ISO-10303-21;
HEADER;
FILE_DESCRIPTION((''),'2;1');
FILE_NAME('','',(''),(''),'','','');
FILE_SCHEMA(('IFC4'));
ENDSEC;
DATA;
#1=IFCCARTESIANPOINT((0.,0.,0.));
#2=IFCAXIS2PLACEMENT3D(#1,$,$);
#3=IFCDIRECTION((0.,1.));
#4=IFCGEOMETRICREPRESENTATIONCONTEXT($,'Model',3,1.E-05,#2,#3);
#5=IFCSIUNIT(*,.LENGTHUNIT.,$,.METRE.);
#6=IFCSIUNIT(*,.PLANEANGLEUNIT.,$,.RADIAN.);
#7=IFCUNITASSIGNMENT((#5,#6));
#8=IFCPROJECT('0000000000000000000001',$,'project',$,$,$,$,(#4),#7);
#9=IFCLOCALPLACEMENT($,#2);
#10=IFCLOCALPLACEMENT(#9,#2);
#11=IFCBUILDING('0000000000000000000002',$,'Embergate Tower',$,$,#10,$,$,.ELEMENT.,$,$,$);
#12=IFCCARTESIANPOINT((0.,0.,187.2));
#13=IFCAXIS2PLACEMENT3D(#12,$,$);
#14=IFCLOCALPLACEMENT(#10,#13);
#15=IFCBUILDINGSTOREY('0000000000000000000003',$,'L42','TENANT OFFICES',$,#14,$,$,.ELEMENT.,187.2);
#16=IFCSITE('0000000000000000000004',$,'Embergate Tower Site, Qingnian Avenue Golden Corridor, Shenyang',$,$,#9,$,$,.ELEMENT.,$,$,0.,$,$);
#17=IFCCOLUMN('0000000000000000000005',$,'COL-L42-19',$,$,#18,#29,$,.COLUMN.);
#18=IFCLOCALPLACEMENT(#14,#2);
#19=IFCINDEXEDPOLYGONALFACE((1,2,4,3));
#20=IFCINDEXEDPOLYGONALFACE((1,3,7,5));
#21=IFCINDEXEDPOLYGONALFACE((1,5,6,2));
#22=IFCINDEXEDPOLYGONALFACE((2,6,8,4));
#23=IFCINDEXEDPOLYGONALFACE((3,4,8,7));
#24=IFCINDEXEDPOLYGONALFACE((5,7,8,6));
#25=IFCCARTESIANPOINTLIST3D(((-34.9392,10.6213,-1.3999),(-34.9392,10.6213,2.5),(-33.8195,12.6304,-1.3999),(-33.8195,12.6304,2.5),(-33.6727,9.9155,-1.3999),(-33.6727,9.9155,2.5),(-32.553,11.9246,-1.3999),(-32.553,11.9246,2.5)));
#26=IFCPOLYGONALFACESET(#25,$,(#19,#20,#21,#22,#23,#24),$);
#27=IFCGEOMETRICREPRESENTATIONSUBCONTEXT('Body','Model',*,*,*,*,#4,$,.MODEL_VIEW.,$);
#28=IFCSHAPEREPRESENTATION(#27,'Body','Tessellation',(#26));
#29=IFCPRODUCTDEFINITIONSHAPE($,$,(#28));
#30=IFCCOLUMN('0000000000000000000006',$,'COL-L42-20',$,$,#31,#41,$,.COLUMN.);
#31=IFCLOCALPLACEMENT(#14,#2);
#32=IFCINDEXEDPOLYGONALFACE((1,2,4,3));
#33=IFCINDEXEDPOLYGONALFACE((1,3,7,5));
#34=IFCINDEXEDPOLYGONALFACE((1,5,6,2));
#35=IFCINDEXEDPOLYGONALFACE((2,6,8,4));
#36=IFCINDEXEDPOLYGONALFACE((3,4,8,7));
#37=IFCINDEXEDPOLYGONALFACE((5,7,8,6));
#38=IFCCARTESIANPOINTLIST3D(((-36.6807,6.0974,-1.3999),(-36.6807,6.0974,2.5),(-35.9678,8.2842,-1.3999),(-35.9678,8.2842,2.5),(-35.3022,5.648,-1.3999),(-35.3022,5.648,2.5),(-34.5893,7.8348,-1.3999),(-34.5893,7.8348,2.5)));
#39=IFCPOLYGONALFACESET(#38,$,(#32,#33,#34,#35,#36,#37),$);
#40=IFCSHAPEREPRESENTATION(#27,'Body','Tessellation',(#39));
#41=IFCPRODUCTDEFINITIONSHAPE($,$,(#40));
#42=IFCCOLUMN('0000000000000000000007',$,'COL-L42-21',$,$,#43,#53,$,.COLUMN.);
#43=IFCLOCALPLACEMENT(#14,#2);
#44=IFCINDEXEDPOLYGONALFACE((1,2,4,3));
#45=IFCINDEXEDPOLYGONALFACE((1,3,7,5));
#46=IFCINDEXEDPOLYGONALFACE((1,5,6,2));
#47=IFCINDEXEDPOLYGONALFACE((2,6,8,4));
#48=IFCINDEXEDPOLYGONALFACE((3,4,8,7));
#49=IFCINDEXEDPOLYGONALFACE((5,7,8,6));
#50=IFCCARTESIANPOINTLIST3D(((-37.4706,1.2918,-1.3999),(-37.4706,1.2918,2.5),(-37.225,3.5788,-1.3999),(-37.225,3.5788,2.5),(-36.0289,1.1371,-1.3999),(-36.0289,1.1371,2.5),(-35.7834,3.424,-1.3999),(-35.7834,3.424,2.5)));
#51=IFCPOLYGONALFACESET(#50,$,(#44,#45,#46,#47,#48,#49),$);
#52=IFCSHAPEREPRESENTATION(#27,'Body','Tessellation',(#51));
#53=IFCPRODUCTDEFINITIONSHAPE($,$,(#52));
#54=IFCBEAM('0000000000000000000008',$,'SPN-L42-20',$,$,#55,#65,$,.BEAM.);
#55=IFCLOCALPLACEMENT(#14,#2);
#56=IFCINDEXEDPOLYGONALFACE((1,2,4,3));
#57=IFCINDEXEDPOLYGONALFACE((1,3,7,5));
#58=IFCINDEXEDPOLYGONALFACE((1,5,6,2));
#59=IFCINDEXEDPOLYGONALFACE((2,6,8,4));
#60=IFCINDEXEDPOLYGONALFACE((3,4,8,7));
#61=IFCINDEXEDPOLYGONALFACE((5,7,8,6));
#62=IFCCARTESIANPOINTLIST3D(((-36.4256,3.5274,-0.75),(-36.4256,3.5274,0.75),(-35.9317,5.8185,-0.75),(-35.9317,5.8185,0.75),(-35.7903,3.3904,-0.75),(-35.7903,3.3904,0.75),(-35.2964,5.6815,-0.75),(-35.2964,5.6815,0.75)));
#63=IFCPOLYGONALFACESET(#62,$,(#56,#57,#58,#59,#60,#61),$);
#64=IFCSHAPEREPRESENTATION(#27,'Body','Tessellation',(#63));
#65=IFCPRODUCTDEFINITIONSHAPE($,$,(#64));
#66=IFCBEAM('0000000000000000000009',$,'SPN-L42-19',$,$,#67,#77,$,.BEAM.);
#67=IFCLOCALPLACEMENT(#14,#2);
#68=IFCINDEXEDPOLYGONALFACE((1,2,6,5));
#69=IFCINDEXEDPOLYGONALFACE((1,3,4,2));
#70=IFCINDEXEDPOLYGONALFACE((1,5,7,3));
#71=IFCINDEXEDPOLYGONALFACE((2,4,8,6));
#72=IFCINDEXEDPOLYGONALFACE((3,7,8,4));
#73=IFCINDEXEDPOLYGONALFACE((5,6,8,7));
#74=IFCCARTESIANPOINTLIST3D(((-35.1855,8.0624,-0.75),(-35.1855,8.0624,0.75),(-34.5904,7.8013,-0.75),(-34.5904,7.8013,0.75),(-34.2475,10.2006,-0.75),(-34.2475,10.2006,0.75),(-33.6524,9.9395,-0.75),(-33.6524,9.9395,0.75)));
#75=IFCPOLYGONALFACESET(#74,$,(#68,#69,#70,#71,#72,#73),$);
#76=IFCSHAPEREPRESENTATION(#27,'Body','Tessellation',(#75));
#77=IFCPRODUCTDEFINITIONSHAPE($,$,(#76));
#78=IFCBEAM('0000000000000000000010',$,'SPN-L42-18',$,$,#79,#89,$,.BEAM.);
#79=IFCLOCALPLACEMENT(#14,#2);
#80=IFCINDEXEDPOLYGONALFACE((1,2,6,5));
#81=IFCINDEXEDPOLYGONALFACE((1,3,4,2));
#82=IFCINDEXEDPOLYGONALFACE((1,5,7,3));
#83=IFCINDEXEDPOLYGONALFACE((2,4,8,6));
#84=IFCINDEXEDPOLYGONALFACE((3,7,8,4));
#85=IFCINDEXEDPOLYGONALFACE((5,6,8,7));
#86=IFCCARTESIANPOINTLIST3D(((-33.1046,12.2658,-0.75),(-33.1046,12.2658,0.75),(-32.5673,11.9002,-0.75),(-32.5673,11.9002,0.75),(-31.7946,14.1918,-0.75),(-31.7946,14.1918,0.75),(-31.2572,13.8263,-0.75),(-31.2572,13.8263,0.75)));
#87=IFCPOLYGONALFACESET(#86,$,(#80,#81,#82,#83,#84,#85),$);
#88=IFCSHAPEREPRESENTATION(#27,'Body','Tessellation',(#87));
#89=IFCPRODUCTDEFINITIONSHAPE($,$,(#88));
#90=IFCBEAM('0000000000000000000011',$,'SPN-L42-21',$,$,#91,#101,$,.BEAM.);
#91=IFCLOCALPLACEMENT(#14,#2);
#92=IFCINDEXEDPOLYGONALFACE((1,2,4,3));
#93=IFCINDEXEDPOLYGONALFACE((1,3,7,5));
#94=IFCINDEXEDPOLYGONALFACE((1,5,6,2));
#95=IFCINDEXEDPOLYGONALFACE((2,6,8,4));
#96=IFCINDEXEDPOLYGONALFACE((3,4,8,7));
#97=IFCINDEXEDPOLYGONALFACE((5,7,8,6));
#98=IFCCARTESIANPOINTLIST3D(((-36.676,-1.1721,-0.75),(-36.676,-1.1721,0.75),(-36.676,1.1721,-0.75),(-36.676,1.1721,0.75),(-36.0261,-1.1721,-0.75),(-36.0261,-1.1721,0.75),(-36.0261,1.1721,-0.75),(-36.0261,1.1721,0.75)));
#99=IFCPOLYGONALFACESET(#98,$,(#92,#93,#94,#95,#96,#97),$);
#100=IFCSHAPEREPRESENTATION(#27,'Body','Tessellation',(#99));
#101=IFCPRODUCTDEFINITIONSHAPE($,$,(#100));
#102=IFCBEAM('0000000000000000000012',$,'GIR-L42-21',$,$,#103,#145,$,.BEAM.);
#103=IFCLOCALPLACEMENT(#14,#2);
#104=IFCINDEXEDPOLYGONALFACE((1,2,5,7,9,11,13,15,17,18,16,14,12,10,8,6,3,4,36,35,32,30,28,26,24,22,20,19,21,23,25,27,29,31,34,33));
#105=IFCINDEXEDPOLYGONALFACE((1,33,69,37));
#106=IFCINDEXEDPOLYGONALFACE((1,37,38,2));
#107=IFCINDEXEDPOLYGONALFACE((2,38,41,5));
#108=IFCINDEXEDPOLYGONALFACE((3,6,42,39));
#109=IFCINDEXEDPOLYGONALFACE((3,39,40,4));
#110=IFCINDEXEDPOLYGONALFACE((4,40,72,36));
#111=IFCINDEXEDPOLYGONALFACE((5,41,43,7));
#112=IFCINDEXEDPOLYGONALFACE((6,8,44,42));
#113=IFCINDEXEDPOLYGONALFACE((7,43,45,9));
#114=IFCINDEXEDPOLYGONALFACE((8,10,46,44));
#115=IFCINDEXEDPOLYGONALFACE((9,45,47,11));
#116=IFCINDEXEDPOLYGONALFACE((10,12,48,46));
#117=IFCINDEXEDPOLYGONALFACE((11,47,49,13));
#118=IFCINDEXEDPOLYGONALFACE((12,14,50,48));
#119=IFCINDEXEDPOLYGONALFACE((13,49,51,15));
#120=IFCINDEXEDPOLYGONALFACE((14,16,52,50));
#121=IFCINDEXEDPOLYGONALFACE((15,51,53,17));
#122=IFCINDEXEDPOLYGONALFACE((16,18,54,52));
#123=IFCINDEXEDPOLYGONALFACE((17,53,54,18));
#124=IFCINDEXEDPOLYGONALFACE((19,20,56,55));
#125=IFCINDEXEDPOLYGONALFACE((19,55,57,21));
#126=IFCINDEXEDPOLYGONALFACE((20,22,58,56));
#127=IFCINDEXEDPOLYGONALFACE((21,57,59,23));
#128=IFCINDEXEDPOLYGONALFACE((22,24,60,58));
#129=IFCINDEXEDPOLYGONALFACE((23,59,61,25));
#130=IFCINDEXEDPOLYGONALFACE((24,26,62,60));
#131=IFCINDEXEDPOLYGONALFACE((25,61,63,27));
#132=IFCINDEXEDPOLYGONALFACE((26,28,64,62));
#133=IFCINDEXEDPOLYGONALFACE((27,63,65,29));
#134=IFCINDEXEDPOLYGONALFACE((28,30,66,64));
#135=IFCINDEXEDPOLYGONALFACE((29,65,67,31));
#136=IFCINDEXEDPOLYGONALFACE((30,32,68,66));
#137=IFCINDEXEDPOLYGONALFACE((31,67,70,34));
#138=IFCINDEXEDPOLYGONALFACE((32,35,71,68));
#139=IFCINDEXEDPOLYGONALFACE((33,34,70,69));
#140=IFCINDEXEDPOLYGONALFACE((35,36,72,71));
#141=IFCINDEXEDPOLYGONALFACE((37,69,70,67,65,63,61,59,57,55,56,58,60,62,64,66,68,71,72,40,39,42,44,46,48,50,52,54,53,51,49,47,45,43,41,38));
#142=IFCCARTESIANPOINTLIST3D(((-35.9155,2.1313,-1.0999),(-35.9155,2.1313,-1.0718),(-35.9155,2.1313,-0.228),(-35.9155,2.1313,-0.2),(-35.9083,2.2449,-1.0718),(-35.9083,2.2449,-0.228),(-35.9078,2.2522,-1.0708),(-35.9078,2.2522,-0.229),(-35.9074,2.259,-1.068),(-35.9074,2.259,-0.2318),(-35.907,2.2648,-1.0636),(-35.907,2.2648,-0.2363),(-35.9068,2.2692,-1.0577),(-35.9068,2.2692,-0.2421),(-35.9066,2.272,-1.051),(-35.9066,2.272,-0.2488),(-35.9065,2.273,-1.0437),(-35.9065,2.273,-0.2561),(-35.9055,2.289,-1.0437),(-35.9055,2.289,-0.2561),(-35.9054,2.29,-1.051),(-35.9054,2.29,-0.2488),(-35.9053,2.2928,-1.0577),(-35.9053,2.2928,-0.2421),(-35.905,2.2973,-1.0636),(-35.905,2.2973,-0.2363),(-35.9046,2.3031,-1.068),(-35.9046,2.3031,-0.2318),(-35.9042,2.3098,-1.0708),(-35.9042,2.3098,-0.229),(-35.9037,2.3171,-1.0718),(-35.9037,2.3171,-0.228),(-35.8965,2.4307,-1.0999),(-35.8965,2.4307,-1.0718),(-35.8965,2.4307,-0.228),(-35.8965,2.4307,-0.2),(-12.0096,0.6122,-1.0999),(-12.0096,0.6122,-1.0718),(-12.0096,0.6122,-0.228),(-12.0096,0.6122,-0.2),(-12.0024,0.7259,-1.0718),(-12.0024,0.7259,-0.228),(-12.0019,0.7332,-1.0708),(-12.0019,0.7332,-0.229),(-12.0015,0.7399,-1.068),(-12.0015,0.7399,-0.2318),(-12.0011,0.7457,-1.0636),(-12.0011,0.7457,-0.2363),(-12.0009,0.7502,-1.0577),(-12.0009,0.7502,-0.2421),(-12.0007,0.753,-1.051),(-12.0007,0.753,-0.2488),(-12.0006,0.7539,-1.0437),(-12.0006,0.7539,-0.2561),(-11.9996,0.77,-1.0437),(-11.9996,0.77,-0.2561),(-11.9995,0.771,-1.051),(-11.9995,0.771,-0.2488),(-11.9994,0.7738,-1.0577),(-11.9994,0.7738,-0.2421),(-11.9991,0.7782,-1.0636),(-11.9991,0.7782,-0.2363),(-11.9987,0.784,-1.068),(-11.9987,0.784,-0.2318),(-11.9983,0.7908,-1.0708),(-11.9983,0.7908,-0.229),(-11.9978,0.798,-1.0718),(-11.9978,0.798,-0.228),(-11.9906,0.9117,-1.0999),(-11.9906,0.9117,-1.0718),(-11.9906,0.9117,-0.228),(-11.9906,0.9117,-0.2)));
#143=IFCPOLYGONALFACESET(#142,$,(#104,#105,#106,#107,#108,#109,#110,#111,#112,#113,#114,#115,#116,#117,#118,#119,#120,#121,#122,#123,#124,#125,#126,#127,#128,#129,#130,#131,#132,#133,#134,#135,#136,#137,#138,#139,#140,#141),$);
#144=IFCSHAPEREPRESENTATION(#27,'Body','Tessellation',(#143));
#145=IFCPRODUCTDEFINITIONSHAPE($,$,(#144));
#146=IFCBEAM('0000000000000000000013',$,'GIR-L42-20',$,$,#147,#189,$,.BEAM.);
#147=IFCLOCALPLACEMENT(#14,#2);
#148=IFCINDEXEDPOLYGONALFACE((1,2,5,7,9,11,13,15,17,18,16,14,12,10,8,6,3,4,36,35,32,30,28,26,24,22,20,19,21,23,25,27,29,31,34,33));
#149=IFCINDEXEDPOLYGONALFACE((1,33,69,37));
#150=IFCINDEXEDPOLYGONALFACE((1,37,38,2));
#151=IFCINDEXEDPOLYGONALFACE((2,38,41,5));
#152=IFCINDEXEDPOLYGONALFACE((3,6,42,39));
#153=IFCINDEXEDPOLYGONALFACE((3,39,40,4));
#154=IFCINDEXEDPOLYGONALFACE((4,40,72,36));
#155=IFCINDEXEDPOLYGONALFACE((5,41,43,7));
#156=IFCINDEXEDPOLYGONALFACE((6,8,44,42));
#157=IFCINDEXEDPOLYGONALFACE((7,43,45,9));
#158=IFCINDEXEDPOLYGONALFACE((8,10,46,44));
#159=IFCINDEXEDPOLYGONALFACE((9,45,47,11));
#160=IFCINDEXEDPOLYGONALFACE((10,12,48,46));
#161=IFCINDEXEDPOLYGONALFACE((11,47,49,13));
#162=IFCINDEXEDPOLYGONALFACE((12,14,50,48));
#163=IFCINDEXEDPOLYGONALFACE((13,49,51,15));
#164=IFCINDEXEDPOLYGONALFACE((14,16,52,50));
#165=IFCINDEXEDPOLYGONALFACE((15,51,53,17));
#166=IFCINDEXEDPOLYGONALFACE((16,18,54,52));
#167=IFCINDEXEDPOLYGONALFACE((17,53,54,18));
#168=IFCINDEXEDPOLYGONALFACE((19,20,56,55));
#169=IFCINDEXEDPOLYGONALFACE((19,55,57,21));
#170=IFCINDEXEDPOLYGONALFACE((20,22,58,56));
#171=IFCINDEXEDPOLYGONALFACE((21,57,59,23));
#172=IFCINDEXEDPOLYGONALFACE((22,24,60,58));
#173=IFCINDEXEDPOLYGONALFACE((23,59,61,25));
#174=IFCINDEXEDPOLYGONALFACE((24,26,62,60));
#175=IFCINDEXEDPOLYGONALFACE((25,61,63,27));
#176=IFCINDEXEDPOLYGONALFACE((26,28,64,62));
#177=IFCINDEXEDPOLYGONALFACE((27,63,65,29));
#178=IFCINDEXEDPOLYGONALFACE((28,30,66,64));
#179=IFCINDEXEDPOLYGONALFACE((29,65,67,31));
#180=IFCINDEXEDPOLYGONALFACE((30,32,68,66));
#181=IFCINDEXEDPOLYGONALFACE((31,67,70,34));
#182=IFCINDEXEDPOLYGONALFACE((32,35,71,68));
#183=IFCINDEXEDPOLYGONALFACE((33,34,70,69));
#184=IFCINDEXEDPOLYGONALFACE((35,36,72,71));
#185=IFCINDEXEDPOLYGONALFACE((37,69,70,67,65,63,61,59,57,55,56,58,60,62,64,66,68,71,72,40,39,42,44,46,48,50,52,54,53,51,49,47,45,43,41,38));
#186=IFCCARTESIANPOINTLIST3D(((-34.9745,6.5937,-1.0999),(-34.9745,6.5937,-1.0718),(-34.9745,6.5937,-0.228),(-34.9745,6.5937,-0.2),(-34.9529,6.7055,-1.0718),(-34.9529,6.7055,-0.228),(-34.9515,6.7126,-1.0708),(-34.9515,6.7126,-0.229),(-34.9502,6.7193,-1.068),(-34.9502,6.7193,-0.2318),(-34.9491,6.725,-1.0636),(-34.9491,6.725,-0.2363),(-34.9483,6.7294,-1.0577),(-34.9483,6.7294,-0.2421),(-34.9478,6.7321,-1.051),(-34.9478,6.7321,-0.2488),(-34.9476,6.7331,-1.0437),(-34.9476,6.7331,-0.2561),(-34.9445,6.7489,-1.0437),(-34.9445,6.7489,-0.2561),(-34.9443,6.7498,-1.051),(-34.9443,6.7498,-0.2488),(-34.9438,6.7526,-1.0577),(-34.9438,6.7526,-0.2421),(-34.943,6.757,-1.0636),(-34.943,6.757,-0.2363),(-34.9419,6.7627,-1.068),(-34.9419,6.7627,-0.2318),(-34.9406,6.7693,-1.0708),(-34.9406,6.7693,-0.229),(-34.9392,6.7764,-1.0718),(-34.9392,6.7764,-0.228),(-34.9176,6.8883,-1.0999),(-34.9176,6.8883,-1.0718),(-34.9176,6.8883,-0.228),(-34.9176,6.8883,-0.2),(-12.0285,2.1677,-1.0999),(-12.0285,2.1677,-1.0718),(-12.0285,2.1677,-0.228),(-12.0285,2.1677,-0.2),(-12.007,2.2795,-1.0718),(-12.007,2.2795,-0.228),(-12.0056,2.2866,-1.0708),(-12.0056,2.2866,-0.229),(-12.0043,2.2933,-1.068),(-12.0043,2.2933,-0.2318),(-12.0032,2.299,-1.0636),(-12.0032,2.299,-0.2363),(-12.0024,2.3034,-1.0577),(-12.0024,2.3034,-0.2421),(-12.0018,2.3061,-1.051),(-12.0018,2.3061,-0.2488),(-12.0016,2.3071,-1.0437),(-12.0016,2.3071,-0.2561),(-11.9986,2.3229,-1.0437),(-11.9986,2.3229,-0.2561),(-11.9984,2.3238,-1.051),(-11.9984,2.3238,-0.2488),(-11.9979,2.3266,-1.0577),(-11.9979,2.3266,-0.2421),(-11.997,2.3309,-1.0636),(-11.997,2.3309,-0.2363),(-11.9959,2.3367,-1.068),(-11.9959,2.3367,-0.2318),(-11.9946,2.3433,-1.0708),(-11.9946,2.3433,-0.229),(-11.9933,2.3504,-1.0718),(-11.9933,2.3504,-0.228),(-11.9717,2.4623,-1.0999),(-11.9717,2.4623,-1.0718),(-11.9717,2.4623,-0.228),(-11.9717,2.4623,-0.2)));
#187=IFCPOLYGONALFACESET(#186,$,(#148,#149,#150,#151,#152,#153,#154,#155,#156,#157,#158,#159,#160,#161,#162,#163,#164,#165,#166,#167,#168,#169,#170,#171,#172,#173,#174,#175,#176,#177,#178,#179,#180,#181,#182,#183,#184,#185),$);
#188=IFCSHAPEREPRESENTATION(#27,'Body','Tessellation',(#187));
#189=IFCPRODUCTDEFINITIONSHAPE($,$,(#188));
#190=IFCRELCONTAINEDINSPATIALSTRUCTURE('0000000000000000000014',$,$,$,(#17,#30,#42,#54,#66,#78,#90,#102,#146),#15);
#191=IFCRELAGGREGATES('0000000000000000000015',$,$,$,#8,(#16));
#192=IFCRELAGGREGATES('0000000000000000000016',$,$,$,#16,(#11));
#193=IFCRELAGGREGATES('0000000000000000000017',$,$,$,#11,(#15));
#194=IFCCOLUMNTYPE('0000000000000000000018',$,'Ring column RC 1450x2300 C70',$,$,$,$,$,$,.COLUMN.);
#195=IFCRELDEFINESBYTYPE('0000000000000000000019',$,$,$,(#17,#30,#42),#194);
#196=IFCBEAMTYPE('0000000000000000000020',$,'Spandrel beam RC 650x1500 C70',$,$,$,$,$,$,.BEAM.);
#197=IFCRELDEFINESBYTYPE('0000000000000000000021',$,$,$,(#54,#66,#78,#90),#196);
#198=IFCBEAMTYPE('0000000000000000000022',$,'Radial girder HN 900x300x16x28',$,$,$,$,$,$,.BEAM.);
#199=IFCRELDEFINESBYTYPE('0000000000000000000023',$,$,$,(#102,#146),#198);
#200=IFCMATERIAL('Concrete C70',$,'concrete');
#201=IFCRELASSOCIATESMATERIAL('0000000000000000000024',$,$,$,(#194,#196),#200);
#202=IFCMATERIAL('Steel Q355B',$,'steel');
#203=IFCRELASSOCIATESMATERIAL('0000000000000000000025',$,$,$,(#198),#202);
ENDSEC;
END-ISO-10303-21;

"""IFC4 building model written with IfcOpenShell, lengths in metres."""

from ifc_helpers import new_model, si_unit, direction, frame, origin, origin_2d, place, context, subcontext, project, spatial, rectangle, i_section, extrude, source, transform, mapped, material, material_profile, profile_set, type_object, element, save


model = new_model("IFC4")

# Units and contexts
model_context = context("Model", 3, precision=1e-05, world=origin(), true_north=direction((0.0, 1.0)))
body_context = subcontext(model_context, "Body", "Model", "MODEL_VIEW")
ifc_project = project(units=[si_unit("LENGTHUNIT", "METRE"), si_unit("PLANEANGLEUNIT", "RADIAN")], contexts=[model_context])

# Site, building, storey
site_placement = place(None, origin())
site = spatial("IfcSite", under=ifc_project, at=site_placement, Name="Embergate Tower Site, Qingnian Avenue Golden Corridor, Shenyang", CompositionType="ELEMENT", RefElevation=0.0)
building_placement = place(site_placement, origin())
building = spatial("IfcBuilding", under=site, at=building_placement, Name="Embergate Tower", CompositionType="ELEMENT")
storey_placement = place(building_placement, frame((0.0, 0.0, 187.2)))
storey = spatial("IfcBuildingStorey", under=building, at=storey_placement, Name="L42", Description="TENANT OFFICES", CompositionType="ELEMENT", Elevation=187.2)

# Columns
ifc_material_1 = material(Name="Concrete C70", Category="concrete")
ifc_material_profile_1 = material_profile(ifc_material_1, rectangle(XDim=1.45, YDim=2.3, at=origin_2d()), Name="RC 1450x2300")
ifc_profile_set_1 = profile_set([ifc_material_profile_1], Name="Concrete C70")
column_type = type_object("IfcColumnType", Name="Ring column RC 1450x2300 C70", PredefinedType="COLUMN", material=ifc_profile_set_1)
shared_shape_1 = source(origin(), body_context, "Body", "SweptSolid", [
    extrude(rectangle(XDim=1.45, YDim=2.3, at=origin_2d()), origin(), (0.0, 0.0, 1.0), 3.8999),
])
for number, where, z_axis, x_axis, name in (
    (1, (-33.7461, 11.2729, -1.3999), (0.0, 0.0, 1.0), (-0.8735, 0.486823, 0.0), "COL-L42-19"),
    (2, (-35.635, 6.9661, -1.3999), (0.0, 0.0, 1.0), (-0.950754, 0.309946, 0.0), "COL-L42-20"),
    (3, (-36.627, 2.3579, -1.3999), (0.0, 0.0, 1.0), (-0.994286, 0.10675, 0.0), "COL-L42-21"),
):
    element("IfcColumn", number, at=place(storey_placement, frame(where, z_axis=z_axis, x_axis=x_axis)), inside=storey, type_object=column_type, Name=name, PredefinedType="COLUMN", context=body_context, shape_type="MappedRepresentation", body=[
        mapped(shared_shape_1, transform((0.0, 0.0, 0.0))),
    ])

# Beams
ifc_material_profile_2 = material_profile(ifc_material_1, rectangle(XDim=0.6499, YDim=1.5, at=origin_2d()), Name="RC 650x1500")
ifc_profile_set_2 = profile_set([ifc_material_profile_2], Name="Concrete C70")
beam_type_1 = type_object("IfcBeamType", Name="Spandrel beam RC 650x1500 C70", PredefinedType="BEAM", material=ifc_profile_set_2)
shared_shape_2 = source(origin(), body_context, "Body", "SweptSolid", [
    extrude(rectangle(XDim=0.6499, YDim=1.5, at=origin_2d()), origin(), (0.0, 0.0, 1.0), 2.3438),
])
beam_1_placement = place(storey_placement, frame((-35.614, 5.75, 0.0), z_axis=(-0.210738, -0.977543, 0.0), x_axis=(0.977543, -0.210738, 0.0)))
element("IfcBeam", 4, at=beam_1_placement, inside=storey, type_object=beam_type_1, Name="SPN-L42-20", PredefinedType="BEAM", context=body_context, shape_type="MappedRepresentation", body=[
    mapped(shared_shape_2, transform((0.0, 0.0, 0.0))),
])
shared_shape_3 = source(origin(), body_context, "Body", "SweptSolid", [
    extrude(rectangle(XDim=0.6499, YDim=1.5, at=origin_2d()), origin(), (0.0, 0.0, 1.0), 2.335),
])
beam_2_placement = place(storey_placement, frame((-33.95, 10.0701, 0.0), z_axis=(-0.401729, -0.915759, 0.0), x_axis=(0.915759, -0.401729, 0.0)))
element("IfcBeam", 5, at=beam_2_placement, inside=storey, type_object=beam_type_1, Name="SPN-L42-19", PredefinedType="BEAM", context=body_context, shape_type="MappedRepresentation", body=[
    mapped(shared_shape_3, transform((0.0, 0.0, 0.0))),
])
shared_shape_4 = source(origin(), body_context, "Body", "SweptSolid", [
    extrude(rectangle(XDim=0.6499, YDim=1.5, at=origin_2d()), origin(), (0.0, 0.0, 1.0), 2.3293),
])
beam_3_placement = place(storey_placement, frame((-31.5259, 14.009, 0.0), z_axis=(-0.562416, -0.826854, 0.0), x_axis=(0.826854, -0.562416, 0.0)))
element("IfcBeam", 6, at=beam_3_placement, inside=storey, type_object=beam_type_1, Name="SPN-L42-18", PredefinedType="BEAM", context=body_context, shape_type="MappedRepresentation", body=[
    mapped(shared_shape_4, transform((0.0, 0.0, 0.0))),
])
shared_shape_5 = source(origin(), body_context, "Body", "SweptSolid", [
    extrude(rectangle(XDim=0.6499, YDim=1.5, at=origin_2d()), origin(), (0.0, 0.0, 1.0), 2.3442),
])
beam_4_placement = place(storey_placement, frame((-36.3511, 1.1721, 0.0), z_axis=(0.0, -1.0, 0.0), x_axis=(1.0, 0.0, 0.0)))
element("IfcBeam", 7, at=beam_4_placement, inside=storey, type_object=beam_type_1, Name="SPN-L42-21", PredefinedType="BEAM", context=body_context, shape_type="MappedRepresentation", body=[
    mapped(shared_shape_5, transform((0.0, 0.0, 0.0))),
])
ifc_material_2 = material(Name="Steel Q355B", Category="steel")
ifc_material_profile_3 = material_profile(ifc_material_2, i_section(OverallWidth=0.3, OverallDepth=0.8999, WebThickness=0.0161, FlangeThickness=0.0281, FilletRadius=0.0281, at=origin_2d()), Name="HN 900x300x16x28")
ifc_profile_set_3 = profile_set([ifc_material_profile_3], Name="Steel Q355 grade B")
beam_type_2 = type_object("IfcBeamType", Name="Radial girder HN 900x300x16x28", PredefinedType="BEAM", material=ifc_profile_set_3)
shared_shape_6 = source(origin(), body_context, "Body", "SweptSolid", [
    extrude(i_section(OverallWidth=0.3, OverallDepth=0.8999, WebThickness=0.0161, FlangeThickness=0.0281, FilletRadius=0.0281, at=origin_2d()), origin(), (0.0, 0.0, 1.0), 23.9541),
])
beam_5_placement = place(storey_placement, frame((-35.906, 2.281, -0.6499), z_axis=(0.997987, -0.063414, 0.0), x_axis=(0.063414, 0.997987, 0.0)))
element("IfcBeam", 8, at=beam_5_placement, inside=storey, type_object=beam_type_2, Name="GIR-L42-21", PredefinedType="BEAM", context=body_context, shape_type="MappedRepresentation", body=[
    mapped(shared_shape_6, transform((0.0, 0.0, 0.0))),
])
shared_shape_7 = source(origin(), body_context, "Body", "SweptSolid", [
    extrude(i_section(OverallWidth=0.3, OverallDepth=0.8999, WebThickness=0.0161, FlangeThickness=0.0281, FilletRadius=0.0281, at=origin_2d()), origin(), (0.0, 0.0, 1.0), 23.3689),
])
beam_6_placement = place(storey_placement, frame((-34.946, 6.741, -0.6499), z_axis=(0.981901, -0.189397, 0.0), x_axis=(0.189397, 0.981901, 0.0)))
element("IfcBeam", 9, at=beam_6_placement, inside=storey, type_object=beam_type_2, Name="GIR-L42-20", PredefinedType="BEAM", context=body_context, shape_type="MappedRepresentation", body=[
    mapped(shared_shape_7, transform((0.0, 0.0, 0.0))),
])

save(model, "model.ifc")
